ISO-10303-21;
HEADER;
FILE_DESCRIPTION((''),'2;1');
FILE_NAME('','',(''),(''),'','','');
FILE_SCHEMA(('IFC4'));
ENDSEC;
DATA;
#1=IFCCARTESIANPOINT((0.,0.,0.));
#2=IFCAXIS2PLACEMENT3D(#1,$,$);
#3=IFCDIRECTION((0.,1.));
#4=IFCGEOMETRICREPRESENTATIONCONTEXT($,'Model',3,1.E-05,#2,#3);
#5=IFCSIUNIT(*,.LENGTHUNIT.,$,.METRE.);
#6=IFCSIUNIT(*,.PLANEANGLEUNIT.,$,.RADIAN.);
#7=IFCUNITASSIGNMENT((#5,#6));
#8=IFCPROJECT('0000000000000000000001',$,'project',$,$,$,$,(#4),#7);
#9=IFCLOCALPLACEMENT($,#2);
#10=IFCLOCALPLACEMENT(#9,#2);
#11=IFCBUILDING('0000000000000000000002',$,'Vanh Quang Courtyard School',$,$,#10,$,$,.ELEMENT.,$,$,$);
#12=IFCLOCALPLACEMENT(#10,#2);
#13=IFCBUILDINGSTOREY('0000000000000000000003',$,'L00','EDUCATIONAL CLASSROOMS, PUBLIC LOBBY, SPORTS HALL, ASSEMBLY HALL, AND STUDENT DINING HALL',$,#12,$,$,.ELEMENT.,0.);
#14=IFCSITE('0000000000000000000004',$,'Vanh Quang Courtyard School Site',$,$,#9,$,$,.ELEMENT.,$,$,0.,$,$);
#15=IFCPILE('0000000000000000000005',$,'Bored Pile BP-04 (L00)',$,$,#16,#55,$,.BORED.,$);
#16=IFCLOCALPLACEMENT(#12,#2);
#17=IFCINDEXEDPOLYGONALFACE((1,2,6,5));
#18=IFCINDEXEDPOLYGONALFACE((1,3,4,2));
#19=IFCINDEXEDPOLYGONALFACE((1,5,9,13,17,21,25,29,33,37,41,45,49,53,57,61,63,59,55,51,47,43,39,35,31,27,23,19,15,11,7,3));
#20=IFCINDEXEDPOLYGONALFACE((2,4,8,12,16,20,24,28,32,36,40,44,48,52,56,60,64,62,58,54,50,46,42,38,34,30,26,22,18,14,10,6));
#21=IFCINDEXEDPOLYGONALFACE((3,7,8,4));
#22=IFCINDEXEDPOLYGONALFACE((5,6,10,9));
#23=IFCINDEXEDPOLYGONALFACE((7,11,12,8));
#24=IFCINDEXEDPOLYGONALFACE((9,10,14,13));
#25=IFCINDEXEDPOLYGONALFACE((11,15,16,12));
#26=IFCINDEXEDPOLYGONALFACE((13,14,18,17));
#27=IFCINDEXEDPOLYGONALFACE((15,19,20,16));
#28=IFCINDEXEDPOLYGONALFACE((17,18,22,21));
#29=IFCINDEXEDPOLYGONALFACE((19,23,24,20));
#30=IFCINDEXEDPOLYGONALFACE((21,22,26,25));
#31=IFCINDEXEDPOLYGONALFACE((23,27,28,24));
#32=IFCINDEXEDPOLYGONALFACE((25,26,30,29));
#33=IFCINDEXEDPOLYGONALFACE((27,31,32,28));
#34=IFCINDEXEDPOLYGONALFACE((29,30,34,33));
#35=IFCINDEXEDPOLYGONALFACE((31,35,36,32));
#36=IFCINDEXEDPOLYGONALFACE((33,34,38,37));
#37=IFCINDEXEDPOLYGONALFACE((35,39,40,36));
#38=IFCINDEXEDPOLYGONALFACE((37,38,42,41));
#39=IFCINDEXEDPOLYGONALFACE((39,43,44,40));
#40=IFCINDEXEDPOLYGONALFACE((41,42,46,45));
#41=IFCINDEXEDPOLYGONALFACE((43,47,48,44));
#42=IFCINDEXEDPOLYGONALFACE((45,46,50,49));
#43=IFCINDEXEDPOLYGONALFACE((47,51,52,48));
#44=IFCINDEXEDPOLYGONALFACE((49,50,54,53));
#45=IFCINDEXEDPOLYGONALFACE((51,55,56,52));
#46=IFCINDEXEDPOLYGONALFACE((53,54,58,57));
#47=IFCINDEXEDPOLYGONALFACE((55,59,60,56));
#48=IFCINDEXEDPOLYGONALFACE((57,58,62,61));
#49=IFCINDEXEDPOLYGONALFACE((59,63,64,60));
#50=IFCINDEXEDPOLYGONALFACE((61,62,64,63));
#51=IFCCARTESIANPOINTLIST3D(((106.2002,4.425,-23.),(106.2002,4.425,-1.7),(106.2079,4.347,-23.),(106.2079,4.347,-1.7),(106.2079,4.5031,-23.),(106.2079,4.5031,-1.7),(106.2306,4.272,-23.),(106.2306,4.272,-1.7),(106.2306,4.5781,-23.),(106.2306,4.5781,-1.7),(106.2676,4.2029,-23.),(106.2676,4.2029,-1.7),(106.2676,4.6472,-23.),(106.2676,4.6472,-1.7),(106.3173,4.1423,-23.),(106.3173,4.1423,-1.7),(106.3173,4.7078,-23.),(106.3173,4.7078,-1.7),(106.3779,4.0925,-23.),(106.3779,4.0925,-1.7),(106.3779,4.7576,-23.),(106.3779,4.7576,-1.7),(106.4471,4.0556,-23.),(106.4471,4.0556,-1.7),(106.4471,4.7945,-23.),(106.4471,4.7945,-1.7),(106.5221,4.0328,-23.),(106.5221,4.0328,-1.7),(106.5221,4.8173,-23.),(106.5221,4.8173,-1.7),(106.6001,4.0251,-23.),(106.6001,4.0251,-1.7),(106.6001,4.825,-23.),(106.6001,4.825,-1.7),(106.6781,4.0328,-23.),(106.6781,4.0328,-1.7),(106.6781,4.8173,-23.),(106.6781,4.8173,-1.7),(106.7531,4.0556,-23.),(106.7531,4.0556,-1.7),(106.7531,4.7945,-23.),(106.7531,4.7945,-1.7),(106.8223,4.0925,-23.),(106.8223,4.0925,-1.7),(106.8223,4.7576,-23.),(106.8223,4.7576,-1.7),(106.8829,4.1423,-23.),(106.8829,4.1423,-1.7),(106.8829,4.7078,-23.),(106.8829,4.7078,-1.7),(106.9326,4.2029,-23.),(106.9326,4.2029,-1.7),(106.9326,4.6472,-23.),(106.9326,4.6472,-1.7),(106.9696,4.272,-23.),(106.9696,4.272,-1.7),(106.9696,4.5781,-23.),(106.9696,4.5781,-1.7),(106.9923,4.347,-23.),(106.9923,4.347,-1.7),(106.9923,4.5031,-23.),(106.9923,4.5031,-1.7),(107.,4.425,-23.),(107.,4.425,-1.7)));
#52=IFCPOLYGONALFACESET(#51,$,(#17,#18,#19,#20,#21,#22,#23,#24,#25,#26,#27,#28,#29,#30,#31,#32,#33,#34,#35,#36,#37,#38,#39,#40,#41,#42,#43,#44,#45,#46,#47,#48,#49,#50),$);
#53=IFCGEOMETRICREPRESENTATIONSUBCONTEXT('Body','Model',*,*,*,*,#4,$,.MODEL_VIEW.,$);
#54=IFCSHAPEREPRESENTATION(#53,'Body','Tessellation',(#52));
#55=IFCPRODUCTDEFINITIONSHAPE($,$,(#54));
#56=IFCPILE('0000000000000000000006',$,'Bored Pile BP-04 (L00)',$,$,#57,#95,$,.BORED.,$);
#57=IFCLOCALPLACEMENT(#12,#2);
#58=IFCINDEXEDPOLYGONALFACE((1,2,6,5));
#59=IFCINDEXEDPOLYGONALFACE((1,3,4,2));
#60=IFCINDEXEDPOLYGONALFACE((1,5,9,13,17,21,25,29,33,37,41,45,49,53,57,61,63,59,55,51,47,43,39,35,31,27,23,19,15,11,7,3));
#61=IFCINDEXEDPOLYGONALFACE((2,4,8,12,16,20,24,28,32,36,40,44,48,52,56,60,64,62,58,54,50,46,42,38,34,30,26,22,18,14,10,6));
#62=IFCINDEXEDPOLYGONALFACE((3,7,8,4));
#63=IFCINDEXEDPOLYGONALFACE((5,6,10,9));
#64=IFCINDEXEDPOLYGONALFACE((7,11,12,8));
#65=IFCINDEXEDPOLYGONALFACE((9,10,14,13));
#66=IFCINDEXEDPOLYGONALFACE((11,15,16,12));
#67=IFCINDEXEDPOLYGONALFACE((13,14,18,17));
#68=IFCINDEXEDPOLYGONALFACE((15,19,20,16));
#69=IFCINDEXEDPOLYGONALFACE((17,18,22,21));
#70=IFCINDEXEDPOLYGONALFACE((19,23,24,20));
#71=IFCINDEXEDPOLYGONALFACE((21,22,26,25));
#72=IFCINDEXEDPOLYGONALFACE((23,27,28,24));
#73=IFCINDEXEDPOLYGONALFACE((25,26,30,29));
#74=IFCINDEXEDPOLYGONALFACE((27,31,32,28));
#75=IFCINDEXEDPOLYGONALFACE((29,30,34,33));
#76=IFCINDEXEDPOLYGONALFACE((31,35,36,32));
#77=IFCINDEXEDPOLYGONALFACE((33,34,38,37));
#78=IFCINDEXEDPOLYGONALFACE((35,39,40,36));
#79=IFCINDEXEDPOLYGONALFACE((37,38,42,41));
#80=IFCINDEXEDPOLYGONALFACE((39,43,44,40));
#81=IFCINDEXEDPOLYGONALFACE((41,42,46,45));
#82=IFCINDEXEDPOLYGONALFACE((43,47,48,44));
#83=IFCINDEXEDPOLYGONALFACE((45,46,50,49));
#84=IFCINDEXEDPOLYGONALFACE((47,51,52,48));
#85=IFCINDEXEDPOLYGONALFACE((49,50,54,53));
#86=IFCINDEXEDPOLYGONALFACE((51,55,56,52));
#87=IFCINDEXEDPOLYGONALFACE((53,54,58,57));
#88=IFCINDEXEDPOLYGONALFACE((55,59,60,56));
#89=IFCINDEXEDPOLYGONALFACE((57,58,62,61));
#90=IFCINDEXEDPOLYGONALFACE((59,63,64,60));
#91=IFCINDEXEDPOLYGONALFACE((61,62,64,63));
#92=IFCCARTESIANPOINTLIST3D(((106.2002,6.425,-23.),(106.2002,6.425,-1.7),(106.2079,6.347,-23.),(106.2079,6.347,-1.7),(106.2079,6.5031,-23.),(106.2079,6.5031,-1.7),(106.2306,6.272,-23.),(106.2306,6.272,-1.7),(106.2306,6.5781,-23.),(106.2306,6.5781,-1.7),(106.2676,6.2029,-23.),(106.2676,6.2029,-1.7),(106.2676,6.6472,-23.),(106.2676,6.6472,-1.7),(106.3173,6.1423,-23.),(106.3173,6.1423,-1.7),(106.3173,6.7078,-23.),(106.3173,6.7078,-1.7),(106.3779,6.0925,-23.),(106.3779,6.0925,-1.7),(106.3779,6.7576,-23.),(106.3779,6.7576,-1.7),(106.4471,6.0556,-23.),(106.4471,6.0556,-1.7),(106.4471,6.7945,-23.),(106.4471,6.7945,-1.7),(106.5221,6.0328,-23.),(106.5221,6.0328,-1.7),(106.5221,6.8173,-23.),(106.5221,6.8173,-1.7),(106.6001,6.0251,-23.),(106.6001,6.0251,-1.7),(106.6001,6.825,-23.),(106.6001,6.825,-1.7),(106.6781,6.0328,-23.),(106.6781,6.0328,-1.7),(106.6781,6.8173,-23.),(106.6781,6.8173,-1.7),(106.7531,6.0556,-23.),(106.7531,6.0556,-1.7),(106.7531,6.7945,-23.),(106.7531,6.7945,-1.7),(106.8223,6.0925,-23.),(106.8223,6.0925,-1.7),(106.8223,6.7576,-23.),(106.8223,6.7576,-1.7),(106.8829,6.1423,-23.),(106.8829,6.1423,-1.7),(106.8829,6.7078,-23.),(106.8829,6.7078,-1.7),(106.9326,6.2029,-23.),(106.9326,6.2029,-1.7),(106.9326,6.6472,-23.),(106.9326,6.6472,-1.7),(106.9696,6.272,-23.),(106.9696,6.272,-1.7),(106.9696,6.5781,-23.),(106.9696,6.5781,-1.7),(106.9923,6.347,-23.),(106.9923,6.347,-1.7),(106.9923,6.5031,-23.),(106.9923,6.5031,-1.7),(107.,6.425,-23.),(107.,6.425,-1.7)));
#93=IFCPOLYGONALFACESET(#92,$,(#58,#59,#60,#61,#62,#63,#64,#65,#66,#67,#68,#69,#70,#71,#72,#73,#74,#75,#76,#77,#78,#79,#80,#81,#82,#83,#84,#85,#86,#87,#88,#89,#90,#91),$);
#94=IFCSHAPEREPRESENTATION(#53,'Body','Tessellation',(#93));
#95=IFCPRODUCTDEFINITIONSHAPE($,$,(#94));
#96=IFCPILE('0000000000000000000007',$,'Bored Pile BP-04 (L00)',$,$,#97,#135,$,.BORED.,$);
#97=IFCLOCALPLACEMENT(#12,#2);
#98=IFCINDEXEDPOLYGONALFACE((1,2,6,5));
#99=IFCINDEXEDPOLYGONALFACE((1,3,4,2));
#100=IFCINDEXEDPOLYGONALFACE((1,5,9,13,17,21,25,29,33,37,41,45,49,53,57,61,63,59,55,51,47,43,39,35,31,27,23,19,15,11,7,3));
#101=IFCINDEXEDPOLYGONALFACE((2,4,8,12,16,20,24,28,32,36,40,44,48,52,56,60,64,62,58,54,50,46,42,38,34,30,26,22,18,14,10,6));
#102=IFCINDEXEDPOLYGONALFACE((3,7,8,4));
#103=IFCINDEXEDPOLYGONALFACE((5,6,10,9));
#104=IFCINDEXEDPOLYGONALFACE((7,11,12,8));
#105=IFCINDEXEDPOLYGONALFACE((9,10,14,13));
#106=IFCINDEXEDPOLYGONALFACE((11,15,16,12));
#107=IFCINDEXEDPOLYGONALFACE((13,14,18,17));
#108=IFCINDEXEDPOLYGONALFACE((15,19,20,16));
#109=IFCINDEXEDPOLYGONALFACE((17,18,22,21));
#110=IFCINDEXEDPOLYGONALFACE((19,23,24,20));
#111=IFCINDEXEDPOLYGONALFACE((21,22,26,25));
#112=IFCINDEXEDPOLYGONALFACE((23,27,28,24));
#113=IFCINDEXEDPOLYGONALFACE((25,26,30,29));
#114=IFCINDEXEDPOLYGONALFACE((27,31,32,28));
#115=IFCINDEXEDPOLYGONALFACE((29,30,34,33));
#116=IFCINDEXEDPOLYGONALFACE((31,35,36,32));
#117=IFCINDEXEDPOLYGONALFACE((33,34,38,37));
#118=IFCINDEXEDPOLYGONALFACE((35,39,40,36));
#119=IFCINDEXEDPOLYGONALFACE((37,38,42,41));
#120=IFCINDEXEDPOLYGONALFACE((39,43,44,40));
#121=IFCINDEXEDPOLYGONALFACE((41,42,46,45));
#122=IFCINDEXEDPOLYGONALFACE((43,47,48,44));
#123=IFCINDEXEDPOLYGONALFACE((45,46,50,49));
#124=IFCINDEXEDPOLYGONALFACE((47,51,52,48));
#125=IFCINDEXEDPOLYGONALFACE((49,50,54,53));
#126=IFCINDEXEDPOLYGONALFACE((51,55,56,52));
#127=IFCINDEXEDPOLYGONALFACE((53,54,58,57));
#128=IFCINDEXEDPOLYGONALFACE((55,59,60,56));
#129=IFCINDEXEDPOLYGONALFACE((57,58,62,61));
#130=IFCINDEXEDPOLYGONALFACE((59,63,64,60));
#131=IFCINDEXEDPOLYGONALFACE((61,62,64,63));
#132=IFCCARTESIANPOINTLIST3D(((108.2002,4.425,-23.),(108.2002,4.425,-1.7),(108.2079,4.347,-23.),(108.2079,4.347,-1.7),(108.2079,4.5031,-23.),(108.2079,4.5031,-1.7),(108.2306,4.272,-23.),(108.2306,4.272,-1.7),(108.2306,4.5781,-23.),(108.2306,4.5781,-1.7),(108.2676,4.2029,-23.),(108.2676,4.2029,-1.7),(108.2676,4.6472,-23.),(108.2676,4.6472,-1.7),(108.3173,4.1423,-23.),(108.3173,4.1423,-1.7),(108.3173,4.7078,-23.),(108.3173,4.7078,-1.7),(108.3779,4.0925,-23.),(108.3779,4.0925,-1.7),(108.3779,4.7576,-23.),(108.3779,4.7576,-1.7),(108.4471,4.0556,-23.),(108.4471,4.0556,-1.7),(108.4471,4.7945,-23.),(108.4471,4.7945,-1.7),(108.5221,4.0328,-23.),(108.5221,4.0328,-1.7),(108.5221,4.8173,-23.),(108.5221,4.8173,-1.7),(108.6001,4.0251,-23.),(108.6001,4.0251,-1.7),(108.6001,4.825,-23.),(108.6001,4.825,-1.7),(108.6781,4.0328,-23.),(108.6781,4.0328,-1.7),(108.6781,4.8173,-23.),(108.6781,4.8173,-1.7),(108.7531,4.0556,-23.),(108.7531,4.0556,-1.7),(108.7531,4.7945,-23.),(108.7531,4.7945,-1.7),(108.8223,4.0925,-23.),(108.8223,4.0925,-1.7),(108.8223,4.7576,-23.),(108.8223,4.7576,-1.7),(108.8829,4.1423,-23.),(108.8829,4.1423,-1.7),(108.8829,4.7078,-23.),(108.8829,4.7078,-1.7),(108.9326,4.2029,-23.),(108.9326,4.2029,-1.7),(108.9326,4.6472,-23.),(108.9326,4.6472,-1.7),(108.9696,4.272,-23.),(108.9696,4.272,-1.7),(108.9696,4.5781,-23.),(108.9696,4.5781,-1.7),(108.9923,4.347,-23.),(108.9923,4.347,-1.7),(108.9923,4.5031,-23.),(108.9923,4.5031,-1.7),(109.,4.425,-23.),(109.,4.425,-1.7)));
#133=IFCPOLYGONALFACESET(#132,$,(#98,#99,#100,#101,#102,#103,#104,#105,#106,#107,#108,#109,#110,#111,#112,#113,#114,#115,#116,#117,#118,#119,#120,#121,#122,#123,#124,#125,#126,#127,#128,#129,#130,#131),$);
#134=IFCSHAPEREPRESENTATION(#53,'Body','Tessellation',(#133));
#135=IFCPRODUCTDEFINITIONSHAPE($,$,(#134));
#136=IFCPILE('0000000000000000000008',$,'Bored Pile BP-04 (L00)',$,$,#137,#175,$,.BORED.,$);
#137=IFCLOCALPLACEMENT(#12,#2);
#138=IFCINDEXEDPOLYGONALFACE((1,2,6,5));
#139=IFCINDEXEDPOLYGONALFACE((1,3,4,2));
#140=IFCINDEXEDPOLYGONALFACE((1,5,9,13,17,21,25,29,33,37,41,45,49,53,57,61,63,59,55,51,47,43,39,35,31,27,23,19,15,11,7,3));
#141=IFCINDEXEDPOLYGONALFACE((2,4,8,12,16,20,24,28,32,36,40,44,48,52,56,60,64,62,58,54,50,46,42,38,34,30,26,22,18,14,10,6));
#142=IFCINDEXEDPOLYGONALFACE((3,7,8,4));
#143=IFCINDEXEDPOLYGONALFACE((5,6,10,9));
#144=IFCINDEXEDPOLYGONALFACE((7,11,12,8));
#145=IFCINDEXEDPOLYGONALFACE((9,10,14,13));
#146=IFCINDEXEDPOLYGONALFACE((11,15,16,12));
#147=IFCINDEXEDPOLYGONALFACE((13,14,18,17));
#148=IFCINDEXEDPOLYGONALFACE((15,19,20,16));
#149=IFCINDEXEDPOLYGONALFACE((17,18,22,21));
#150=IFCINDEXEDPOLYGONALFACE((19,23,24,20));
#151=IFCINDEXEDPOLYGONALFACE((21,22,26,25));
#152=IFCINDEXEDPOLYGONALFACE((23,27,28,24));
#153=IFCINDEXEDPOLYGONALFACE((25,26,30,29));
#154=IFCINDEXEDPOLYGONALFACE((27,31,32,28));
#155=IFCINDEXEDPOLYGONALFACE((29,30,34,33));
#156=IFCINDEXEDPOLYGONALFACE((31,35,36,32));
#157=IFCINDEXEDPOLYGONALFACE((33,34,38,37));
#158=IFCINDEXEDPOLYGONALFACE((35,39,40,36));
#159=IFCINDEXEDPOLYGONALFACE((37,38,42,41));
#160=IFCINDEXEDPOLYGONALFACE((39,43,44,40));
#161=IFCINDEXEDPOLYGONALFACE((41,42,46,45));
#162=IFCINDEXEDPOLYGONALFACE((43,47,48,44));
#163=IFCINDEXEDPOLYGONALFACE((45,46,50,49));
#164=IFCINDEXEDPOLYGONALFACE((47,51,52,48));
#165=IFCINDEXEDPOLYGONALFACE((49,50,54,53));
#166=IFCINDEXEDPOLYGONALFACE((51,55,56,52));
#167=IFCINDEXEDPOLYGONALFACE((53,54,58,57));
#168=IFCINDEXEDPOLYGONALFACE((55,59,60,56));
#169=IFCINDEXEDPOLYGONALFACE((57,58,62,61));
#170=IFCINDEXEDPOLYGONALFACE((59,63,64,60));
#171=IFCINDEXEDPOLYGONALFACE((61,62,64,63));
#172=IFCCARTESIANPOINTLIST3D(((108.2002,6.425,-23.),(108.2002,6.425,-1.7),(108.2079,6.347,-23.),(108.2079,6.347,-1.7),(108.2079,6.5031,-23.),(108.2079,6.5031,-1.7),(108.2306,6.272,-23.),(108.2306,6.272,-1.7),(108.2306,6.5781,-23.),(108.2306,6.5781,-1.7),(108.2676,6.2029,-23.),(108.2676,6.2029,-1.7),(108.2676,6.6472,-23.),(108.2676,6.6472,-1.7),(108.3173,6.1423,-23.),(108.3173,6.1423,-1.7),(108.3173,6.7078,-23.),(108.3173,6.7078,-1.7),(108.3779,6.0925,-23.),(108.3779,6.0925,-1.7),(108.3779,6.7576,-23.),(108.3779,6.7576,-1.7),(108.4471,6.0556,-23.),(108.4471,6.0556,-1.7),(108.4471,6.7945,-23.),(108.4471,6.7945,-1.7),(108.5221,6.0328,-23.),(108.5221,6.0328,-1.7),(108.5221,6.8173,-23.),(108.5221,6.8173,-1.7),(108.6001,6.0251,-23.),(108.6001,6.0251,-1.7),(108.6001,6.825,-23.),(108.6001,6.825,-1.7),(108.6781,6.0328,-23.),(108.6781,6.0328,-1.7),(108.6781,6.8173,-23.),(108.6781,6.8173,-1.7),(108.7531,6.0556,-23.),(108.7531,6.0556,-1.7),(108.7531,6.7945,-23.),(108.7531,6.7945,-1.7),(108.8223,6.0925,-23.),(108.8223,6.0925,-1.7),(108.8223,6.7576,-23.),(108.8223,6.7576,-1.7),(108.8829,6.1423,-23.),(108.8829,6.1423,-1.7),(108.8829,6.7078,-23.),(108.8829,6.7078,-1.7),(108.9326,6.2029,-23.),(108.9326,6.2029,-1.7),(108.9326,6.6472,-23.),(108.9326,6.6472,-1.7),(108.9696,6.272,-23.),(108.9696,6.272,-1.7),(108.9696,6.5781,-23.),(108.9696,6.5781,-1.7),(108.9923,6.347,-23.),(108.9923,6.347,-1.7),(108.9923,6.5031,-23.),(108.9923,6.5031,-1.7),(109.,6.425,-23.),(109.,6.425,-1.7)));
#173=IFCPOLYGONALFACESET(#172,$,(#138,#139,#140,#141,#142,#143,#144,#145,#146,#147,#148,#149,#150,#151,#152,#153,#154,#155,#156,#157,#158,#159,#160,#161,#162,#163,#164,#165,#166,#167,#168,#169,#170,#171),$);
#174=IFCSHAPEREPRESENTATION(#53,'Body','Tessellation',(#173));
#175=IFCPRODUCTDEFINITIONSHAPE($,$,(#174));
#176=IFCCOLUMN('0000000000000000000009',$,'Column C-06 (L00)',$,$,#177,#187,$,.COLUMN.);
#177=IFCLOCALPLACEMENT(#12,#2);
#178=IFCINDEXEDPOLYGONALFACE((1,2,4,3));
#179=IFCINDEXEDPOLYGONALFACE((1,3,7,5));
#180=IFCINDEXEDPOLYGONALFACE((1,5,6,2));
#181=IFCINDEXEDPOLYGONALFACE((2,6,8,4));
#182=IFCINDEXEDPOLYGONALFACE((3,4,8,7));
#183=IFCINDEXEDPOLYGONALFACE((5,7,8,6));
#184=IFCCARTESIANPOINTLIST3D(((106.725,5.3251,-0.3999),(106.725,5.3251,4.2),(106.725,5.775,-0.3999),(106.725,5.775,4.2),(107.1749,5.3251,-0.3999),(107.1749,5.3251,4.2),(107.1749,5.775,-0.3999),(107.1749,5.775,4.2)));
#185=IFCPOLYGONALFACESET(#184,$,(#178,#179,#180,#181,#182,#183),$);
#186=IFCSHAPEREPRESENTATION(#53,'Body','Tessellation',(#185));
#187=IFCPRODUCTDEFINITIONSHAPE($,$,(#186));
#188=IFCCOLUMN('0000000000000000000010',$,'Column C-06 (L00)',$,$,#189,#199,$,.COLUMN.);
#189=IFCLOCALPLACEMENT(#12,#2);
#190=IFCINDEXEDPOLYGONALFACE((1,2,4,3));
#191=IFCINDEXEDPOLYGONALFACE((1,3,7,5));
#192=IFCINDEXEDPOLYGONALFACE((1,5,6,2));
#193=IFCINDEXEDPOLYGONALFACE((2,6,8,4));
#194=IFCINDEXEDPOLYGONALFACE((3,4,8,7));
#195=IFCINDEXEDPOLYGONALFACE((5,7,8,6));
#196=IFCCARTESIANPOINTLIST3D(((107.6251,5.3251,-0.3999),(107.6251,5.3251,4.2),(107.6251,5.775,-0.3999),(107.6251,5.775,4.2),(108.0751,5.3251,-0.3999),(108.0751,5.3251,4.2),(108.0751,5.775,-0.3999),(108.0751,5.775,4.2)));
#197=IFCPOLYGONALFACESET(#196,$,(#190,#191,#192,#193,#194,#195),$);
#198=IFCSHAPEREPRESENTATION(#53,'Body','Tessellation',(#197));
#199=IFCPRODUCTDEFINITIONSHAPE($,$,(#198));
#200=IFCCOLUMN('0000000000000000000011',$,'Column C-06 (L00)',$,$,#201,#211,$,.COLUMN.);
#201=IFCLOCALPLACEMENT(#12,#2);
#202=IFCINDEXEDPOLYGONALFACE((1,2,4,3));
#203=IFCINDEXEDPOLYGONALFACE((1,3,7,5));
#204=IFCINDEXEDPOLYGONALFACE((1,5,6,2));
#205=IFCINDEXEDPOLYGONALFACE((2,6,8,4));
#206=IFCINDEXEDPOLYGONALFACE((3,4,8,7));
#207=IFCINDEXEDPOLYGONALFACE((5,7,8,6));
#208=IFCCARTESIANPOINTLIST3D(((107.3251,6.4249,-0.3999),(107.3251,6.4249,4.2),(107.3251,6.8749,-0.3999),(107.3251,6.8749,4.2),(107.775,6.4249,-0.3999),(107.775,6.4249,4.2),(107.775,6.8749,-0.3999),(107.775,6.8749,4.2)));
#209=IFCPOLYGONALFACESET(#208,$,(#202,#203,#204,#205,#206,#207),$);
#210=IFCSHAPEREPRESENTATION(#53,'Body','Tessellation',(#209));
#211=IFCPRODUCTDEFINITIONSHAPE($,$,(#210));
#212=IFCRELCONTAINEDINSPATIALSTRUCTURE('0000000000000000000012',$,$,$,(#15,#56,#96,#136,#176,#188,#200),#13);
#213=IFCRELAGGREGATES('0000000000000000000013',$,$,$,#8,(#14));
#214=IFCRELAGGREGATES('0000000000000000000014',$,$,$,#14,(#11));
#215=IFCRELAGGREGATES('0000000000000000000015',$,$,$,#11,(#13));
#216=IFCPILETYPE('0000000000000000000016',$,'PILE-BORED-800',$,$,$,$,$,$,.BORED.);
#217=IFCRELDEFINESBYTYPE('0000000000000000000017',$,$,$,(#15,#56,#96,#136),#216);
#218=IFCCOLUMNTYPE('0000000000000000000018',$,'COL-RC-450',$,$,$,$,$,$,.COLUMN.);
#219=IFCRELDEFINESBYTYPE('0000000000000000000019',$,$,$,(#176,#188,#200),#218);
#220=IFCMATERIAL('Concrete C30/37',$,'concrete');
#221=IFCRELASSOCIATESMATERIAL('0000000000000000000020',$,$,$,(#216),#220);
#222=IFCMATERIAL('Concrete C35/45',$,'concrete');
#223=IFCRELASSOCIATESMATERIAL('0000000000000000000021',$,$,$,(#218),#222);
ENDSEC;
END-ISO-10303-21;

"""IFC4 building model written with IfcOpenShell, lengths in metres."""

from ifc_helpers import new_model, si_unit, direction, frame, origin, origin_2d, place, context, subcontext, project, spatial, rectangle, circle, extrude, material, material_profile, profile_set, type_object, element, save


model = new_model("IFC4")

# Units and contexts
model_context = context("Model", 3, precision=1e-05, world=origin(), true_north=direction((0.0, 1.0)))
body_context = subcontext(model_context, "Body", "Model", "MODEL_VIEW")
ifc_project = project(units=[si_unit("LENGTHUNIT", "METRE"), si_unit("PLANEANGLEUNIT", "RADIAN")], contexts=[model_context])

# Site, building, storey
site_placement = place(None, origin())
site = spatial("IfcSite", under=ifc_project, at=site_placement, Name="Vanh Quang Courtyard School Site", CompositionType="ELEMENT", RefElevation=0.0)
building_placement = place(site_placement, origin())
building = spatial("IfcBuilding", under=site, at=building_placement, Name="Vanh Quang Courtyard School", CompositionType="ELEMENT")
storey_placement = place(building_placement, origin())
storey = spatial("IfcBuildingStorey", under=building, at=storey_placement, Name="L00", Description="EDUCATIONAL CLASSROOMS, PUBLIC LOBBY, SPORTS HALL, ASSEMBLY HALL, AND STUDENT DINING HALL", CompositionType="ELEMENT", Elevation=0.0)

# Shared definitions
ifc_material_1 = material(Name="Concrete C35/45", Category="concrete")

# Piles
ifc_material_2 = material(Name="Concrete C30/37", Category="concrete")
ifc_material_profile_1 = material_profile(ifc_material_2, circle(Radius=0.3999, at=origin_2d()), Name="PILE D800")
ifc_profile_set_1 = profile_set([ifc_material_profile_1], Name="Concrete C30/37")
pile_type_1 = type_object("IfcPileType", Name="PILE-BORED-800", PredefinedType="BORED", material=ifc_profile_set_1)
for number, where, z_axis, x_axis, name in (
    (1, (106.6001, 4.425, -1.7), (0.0, 0.0, -1.0), (1.0, 0.0, 0.0), "Bored Pile BP-04 (L00)"),
    (2, (106.6001, 6.425, -1.7), (0.0, 0.0, -1.0), (1.0, 0.0, 0.0), "Bored Pile BP-04 (L00)"),
    (3, (108.6001, 4.425, -1.7), (0.0, 0.0, -1.0), (1.0, 0.0, 0.0), "Bored Pile BP-04 (L00)"),
    (4, (108.6001, 6.425, -1.7), (0.0, 0.0, -1.0), (1.0, 0.0, 0.0), "Bored Pile BP-04 (L00)"),
):
    element("IfcPile", number, at=place(storey_placement, frame(where, z_axis=z_axis, x_axis=x_axis)), inside=storey, type_object=pile_type_1, Name=name, PredefinedType="BORED", context=body_context, shape_type="SweptSolid", body=[
        extrude(circle(Radius=0.3999, at=origin_2d()), origin(), (0.0, 0.0, 1.0), 21.3),
    ])

# Columns
ifc_material_profile_2 = material_profile(ifc_material_1, rectangle(XDim=0.45, YDim=0.45, at=origin_2d()), Name="RC-COL 450x450")
ifc_profile_set_2 = profile_set([ifc_material_profile_2], Name="Concrete C35/45")
column_type_1 = type_object("IfcColumnType", Name="COL-RC-450", PredefinedType="COLUMN", material=ifc_profile_set_2)
for number, where, z_axis, x_axis, name in (
    (5, (106.95, 5.55, -0.3999), (0.0, 0.0, 1.0), (1.0, 0.0, 0.0), "Column C-06 (L00)"),
    (6, (107.8501, 5.55, -0.3999), (0.0, 0.0, 1.0), (1.0, 0.0, 0.0), "Column C-06 (L00)"),
    (7, (107.55, 6.6499, -0.3999), (0.0, 0.0, 1.0), (1.0, 0.0, 0.0), "Column C-06 (L00)"),
):
    element("IfcColumn", number, at=place(storey_placement, frame(where, z_axis=z_axis, x_axis=x_axis)), inside=storey, type_object=column_type_1, Name=name, PredefinedType="COLUMN", context=body_context, shape_type="SweptSolid", body=[
        extrude(rectangle(XDim=0.45, YDim=0.45, at=origin_2d()), origin(), (0.0, 0.0, 1.0), 4.5999),
    ])

save(model, "model.ifc")
